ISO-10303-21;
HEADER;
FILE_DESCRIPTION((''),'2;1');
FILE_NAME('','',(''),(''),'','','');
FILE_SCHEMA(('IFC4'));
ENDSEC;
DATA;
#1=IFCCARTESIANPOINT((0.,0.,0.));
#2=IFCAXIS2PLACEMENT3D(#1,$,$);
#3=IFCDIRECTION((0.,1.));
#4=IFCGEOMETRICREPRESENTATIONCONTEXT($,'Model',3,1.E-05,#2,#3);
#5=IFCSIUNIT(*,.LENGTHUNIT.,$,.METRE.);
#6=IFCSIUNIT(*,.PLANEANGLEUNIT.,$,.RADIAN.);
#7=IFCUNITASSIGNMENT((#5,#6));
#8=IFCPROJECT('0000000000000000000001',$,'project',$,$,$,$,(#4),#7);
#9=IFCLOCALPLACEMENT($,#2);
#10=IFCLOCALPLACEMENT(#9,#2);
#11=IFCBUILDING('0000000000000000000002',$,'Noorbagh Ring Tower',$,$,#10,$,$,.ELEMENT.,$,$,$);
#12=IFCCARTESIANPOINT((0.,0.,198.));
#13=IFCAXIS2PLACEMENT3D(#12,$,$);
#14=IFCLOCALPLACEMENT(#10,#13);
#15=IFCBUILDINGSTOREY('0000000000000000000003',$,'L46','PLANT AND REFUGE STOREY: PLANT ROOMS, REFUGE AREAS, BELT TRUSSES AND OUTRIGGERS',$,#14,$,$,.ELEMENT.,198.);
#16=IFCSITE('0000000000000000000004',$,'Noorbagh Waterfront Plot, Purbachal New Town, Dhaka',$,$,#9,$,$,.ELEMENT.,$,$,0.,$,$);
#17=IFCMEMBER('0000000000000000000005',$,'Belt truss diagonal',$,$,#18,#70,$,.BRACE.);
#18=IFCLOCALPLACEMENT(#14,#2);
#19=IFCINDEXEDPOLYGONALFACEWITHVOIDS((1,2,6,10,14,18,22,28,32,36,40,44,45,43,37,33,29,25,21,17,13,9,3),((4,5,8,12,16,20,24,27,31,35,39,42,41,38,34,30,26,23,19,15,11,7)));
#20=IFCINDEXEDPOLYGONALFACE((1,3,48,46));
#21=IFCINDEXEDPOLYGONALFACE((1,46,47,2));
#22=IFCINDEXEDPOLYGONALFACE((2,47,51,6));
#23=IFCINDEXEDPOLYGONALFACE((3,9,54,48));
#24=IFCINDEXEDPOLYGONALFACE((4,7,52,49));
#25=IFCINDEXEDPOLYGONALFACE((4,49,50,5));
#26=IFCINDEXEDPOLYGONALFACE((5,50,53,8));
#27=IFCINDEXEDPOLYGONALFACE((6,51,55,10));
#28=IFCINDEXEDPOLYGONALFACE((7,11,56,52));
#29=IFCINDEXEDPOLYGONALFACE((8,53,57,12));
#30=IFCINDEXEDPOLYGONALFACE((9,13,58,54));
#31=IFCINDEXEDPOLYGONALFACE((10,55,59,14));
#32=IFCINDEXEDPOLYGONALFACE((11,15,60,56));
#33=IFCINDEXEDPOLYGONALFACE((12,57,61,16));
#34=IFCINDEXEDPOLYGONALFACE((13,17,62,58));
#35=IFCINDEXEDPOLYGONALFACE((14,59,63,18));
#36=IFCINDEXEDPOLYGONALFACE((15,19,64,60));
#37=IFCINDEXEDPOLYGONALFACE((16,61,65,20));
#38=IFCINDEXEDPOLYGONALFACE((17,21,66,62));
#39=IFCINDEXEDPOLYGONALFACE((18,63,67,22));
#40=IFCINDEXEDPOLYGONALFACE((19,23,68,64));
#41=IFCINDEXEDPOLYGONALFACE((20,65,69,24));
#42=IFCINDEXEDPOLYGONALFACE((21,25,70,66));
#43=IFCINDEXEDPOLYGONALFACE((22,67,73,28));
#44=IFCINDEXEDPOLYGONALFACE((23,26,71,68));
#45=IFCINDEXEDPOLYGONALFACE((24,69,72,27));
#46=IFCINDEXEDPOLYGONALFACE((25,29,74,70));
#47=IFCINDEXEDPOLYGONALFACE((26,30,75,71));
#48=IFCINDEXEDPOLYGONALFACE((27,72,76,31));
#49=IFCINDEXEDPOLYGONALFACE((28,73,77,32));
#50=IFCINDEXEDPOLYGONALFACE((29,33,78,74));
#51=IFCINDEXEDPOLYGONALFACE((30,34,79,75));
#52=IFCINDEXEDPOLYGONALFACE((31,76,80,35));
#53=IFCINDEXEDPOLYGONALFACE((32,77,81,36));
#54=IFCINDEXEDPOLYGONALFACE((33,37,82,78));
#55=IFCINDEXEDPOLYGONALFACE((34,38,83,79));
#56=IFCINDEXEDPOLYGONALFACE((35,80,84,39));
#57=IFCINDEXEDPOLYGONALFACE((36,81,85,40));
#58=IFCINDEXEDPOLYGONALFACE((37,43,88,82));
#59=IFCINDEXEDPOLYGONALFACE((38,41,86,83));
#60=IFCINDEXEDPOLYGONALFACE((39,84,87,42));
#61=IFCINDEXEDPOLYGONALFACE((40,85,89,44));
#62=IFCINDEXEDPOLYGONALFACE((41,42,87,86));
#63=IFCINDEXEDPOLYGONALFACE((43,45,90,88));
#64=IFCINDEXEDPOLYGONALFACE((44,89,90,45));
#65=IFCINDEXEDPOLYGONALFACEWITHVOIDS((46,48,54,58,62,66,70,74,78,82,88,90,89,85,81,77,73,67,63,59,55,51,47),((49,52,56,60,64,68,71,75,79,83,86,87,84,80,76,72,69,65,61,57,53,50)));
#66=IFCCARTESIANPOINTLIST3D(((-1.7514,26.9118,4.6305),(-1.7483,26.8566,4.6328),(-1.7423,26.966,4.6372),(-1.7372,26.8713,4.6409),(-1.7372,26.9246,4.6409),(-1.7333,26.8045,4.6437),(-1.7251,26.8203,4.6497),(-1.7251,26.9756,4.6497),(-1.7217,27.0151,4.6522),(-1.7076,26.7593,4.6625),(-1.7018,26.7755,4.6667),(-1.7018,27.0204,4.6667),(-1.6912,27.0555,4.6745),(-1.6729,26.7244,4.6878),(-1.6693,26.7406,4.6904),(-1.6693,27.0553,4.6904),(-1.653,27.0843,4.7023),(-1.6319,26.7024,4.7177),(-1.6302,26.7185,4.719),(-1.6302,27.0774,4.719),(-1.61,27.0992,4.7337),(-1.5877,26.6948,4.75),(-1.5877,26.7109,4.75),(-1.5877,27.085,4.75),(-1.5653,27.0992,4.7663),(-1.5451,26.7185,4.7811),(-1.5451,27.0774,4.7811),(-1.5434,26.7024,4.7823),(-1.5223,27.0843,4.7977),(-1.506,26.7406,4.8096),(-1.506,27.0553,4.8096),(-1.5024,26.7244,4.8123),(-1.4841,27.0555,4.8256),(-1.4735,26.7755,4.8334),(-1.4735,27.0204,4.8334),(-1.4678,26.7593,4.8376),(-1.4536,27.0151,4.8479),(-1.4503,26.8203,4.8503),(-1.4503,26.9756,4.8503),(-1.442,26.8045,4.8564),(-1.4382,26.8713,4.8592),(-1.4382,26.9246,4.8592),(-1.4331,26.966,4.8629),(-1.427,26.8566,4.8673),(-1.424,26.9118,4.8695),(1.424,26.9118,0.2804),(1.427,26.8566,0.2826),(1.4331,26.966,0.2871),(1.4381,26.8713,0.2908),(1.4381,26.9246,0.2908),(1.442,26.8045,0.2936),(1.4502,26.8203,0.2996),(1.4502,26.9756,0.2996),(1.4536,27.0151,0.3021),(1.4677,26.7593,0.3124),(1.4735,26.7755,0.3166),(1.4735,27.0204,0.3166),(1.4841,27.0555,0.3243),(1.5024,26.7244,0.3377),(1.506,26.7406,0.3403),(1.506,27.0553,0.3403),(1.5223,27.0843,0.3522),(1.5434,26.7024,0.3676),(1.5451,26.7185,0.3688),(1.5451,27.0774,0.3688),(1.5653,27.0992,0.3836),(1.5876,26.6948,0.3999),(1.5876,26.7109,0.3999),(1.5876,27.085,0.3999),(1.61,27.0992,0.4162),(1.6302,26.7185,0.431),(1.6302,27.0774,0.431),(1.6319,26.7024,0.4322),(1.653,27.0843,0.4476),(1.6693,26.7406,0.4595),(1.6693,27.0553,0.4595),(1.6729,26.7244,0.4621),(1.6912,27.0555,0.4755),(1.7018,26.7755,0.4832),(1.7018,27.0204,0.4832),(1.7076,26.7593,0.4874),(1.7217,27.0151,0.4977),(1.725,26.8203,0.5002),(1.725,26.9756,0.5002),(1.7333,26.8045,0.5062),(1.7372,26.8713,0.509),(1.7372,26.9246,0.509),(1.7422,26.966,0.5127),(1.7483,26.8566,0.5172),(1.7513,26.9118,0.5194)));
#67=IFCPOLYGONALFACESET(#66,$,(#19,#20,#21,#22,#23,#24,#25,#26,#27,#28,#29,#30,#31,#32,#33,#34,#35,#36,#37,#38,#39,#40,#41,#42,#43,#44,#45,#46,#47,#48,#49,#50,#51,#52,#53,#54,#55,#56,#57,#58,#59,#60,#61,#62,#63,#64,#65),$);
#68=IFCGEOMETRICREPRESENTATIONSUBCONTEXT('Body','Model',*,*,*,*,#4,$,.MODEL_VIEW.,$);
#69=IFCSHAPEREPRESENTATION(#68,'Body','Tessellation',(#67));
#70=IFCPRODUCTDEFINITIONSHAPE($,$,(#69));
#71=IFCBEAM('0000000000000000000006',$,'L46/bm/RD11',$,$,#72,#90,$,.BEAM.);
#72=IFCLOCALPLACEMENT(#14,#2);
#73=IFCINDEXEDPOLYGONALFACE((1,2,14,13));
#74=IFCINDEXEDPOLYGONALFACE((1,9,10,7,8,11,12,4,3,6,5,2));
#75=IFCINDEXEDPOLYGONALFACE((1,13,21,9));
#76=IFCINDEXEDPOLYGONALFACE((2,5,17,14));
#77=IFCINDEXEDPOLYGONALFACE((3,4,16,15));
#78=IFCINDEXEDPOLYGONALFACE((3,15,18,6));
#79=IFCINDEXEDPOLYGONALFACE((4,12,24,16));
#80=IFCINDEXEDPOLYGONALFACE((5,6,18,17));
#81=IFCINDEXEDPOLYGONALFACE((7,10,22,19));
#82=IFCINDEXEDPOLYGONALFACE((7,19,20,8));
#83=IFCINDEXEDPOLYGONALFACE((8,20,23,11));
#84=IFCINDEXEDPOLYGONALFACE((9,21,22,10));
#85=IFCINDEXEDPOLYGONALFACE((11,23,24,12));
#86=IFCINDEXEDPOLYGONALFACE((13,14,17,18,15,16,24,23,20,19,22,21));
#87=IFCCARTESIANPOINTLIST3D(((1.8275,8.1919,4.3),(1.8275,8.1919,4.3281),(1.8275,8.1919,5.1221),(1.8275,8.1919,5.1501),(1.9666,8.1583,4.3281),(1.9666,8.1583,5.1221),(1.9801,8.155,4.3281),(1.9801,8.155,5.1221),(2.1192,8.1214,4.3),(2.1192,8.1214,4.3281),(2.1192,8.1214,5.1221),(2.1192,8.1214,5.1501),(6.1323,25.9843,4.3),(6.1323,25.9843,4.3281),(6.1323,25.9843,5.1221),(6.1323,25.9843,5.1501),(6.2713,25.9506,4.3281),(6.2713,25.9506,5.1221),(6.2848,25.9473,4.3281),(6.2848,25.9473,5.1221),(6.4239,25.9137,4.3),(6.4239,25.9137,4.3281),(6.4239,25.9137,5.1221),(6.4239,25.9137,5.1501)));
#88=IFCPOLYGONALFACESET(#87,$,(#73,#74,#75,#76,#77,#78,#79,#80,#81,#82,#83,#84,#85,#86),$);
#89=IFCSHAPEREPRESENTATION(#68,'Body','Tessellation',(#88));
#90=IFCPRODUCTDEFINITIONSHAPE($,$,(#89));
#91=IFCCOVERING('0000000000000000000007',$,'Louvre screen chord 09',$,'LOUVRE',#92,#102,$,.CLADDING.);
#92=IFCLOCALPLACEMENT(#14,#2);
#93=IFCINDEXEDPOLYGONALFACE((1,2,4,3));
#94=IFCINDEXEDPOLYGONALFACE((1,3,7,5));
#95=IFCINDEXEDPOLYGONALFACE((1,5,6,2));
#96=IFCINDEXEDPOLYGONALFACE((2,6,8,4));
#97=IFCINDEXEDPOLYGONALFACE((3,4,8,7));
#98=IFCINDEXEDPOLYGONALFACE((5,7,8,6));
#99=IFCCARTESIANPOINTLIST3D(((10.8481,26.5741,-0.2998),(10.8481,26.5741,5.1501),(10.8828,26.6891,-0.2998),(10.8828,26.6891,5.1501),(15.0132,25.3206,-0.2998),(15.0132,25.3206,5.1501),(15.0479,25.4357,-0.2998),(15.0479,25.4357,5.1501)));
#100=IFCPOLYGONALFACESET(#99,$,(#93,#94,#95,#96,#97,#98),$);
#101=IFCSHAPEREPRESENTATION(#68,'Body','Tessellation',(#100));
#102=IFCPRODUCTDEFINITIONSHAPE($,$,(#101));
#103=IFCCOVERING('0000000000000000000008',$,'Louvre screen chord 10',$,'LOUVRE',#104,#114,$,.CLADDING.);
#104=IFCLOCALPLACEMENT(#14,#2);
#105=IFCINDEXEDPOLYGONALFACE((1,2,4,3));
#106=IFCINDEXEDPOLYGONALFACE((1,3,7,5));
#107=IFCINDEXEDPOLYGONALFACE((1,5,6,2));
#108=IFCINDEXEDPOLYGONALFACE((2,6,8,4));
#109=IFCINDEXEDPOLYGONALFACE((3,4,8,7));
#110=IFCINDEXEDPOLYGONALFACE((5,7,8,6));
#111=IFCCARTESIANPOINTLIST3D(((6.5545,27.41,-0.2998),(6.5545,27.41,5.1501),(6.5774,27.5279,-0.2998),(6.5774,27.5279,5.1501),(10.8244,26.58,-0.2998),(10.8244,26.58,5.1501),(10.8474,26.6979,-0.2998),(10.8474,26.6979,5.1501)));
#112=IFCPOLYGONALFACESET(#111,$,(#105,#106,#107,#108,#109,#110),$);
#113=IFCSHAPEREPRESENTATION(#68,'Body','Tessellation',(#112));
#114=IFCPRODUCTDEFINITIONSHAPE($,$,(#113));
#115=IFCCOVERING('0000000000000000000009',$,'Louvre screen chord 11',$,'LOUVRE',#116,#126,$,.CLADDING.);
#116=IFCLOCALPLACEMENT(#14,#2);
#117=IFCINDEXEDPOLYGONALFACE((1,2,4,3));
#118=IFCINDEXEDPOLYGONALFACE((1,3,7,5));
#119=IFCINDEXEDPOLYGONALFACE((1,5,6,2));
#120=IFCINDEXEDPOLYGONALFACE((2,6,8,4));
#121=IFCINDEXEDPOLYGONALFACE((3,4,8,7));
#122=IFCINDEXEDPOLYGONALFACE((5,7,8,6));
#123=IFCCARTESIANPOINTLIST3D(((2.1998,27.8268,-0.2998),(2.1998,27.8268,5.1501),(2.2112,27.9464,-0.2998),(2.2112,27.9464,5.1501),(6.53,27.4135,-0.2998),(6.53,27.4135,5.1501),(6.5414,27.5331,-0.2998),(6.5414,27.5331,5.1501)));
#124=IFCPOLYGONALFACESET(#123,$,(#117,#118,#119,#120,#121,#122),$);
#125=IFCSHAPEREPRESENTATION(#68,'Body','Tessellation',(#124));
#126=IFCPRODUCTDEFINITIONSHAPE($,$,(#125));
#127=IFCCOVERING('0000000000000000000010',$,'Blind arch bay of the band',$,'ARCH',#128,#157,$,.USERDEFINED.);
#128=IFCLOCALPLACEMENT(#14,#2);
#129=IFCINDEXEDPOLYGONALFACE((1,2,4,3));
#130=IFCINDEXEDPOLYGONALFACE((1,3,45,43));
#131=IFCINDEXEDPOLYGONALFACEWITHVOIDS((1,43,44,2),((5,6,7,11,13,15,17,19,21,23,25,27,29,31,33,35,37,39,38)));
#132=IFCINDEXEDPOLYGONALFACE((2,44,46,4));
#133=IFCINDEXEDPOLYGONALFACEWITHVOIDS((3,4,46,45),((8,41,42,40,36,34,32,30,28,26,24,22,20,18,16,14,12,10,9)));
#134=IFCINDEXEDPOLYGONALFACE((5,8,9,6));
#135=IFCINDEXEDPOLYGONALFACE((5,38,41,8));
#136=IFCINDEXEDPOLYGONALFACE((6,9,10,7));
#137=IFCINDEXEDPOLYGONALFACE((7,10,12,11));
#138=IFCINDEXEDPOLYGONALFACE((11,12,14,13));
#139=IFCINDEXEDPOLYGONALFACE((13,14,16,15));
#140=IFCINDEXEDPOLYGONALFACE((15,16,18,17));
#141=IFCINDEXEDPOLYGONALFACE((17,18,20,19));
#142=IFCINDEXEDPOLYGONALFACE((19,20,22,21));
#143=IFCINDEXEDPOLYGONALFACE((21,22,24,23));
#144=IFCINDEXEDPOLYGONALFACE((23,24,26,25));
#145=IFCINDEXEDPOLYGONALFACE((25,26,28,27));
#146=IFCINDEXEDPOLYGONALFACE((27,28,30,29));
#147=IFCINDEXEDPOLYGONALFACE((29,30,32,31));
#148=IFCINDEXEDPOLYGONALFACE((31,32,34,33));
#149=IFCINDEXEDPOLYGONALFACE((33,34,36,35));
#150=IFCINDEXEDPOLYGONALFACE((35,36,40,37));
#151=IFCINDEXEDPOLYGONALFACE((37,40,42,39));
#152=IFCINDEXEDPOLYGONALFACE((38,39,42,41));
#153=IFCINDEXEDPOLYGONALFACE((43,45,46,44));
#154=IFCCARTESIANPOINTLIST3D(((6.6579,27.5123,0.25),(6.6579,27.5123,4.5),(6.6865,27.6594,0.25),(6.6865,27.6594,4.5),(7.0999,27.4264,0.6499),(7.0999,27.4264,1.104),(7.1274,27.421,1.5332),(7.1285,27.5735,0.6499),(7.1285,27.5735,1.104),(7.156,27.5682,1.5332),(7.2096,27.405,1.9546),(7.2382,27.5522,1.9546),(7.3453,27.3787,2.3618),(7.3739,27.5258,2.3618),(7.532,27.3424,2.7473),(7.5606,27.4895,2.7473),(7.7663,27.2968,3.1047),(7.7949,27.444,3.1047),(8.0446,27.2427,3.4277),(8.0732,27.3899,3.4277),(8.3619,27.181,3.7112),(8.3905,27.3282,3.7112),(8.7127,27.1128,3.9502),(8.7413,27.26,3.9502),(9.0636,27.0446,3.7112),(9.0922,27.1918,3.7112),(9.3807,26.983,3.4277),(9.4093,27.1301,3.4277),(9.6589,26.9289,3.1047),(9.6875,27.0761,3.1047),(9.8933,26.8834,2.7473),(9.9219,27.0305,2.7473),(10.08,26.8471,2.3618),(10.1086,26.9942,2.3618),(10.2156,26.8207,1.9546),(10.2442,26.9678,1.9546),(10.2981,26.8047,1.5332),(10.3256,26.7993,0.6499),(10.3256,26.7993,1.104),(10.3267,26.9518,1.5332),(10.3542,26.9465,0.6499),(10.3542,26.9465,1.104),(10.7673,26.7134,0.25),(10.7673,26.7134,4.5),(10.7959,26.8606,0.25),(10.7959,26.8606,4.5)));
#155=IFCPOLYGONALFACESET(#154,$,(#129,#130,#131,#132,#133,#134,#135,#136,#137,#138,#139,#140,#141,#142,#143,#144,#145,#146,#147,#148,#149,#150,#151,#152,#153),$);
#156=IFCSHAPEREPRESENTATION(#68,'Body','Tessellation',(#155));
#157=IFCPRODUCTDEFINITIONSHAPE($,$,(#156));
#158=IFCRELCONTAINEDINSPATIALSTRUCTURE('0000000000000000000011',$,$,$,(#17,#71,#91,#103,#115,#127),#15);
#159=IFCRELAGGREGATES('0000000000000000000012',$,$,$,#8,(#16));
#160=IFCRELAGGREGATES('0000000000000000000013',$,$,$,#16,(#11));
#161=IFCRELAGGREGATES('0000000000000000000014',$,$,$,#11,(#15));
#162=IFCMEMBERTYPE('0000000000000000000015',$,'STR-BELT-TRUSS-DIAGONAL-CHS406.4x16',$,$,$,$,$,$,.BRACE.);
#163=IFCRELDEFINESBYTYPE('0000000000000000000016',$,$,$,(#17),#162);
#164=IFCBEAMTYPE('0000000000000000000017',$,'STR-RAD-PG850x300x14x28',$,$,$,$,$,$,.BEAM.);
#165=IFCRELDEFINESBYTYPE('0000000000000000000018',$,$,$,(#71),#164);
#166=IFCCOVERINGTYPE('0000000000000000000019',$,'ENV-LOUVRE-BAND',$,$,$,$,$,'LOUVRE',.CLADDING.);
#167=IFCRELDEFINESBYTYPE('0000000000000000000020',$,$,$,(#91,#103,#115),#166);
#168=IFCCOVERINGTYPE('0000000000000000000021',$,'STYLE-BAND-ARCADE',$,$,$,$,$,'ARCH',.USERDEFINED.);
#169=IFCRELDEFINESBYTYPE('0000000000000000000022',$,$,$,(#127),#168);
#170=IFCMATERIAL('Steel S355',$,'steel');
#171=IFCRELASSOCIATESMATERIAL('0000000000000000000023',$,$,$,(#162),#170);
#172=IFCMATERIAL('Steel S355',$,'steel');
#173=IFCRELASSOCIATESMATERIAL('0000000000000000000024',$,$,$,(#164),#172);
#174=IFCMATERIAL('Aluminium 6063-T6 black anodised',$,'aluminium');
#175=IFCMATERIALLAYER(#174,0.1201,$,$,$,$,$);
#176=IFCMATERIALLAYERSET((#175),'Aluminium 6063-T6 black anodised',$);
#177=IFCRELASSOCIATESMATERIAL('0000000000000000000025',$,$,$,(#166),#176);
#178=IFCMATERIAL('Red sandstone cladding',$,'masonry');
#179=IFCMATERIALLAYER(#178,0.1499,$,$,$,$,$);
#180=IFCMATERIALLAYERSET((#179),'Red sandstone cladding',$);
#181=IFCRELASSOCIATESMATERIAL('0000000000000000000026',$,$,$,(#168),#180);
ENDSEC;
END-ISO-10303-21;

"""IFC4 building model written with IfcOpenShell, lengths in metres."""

from ifc_helpers import new_model, si_unit, direction, frame, origin, origin_2d, place, context, subcontext, project, spatial, polyline, rectangle, hollow_circle, i_section, outline, extrude, material, layer, layer_set, material_profile, profile_set, type_object, element, save


model = new_model("IFC4")

# Units and contexts
model_context = context("Model", 3, precision=1e-05, world=origin(), true_north=direction((0.0, 1.0)))
body_context = subcontext(model_context, "Body", "Model", "MODEL_VIEW")
ifc_project = project(units=[si_unit("LENGTHUNIT", "METRE"), si_unit("PLANEANGLEUNIT", "RADIAN")], contexts=[model_context])

# Site, building, storey
site_placement = place(None, origin())
site = spatial("IfcSite", under=ifc_project, at=site_placement, Name="Noorbagh Waterfront Plot, Purbachal New Town, Dhaka", CompositionType="ELEMENT", RefElevation=0.0)
building_placement = place(site_placement, origin())
building = spatial("IfcBuilding", under=site, at=building_placement, Name="Noorbagh Ring Tower", CompositionType="ELEMENT")
storey_placement = place(building_placement, frame((0.0, 0.0, 198.0)))
storey = spatial("IfcBuildingStorey", under=building, at=storey_placement, Name="L46", Description="PLANT AND REFUGE STOREY: PLANT ROOMS, REFUGE AREAS, BELT TRUSSES AND OUTRIGGERS", CompositionType="ELEMENT", Elevation=198.0)

# Member
ifc_material_1 = material(Name="Steel S355", Category="steel")
ifc_material_profile_1 = material_profile(ifc_material_1, hollow_circle(Radius=0.2031, WallThickness=0.0161, at=origin_2d()), Name="CHS406.4x16")
ifc_profile_set_1 = profile_set([ifc_material_profile_1], Name="Steel S355")
member_type = type_object("IfcMemberType", Name="STR-BELT-TRUSS-DIAGONAL-CHS406.4x16", PredefinedType="BRACE", material=ifc_profile_set_1)
member_1_placement = place(storey_placement, frame((1.5876, 26.8979, 0.3999), z_axis=(-0.589578, 0.0, 0.807712), x_axis=(0.0, -1.0, 0.0)))
element("IfcMember", 1, at=member_1_placement, inside=storey, type_object=member_type, Name="Belt truss diagonal", PredefinedType="BRACE", context=body_context, shape_type="SweptSolid", body=[
    extrude(hollow_circle(Radius=0.2031, WallThickness=0.0161, at=origin_2d()), origin(), (0.0, 0.0, 1.0), 5.3857),
])

# Beam
ifc_material_2 = material(Name="Steel S355", Category="steel")
ifc_material_profile_2 = material_profile(ifc_material_2, i_section(OverallWidth=0.3, OverallDepth=0.8501, WebThickness=0.0139, FlangeThickness=0.0281, at=origin_2d()), Name="PG850x300x14x28")
ifc_profile_set_2 = profile_set([ifc_material_profile_2], Name="Steel S355")
beam_type_1 = type_object("IfcBeamType", Name="STR-RAD-PG850x300x14x28", PredefinedType="BEAM", material=ifc_profile_set_2)
beam_1_placement = place(storey_placement, frame((6.2781, 25.949, 4.7251), z_axis=(-0.235157, -0.971957, 0.0), x_axis=(0.971957, -0.235157, 0.0)))
element("IfcBeam", 2, at=beam_1_placement, inside=storey, type_object=beam_type_1, Name="L46/bm/RD11", PredefinedType="BEAM", context=body_context, shape_type="SweptSolid", body=[
    extrude(i_section(OverallWidth=0.3, OverallDepth=0.8501, WebThickness=0.0139, FlangeThickness=0.0281, at=origin_2d()), origin(), (0.0, 0.0, 1.0), 18.3057),
])

# Coverings
ifc_material_3 = material(Name="Aluminium 6063-T6 black anodised", Category="aluminium")
ifc_layer_1 = layer(ifc_material_3, 0.1201)
ifc_layer_set_1 = layer_set([ifc_layer_1], Name="Aluminium 6063-T6 black anodised")
covering_type_1 = type_object("IfcCoveringType", Name="ENV-LOUVRE-BAND", ElementType="LOUVRE", PredefinedType="CLADDING", material=ifc_layer_set_1)
covering_1_placement = place(storey_placement, frame((12.948, 26.0049, -0.2998), z_axis=(0.0, 0.0, 1.0), x_axis=(-0.957578, 0.288174, 0.0)))
element("IfcCovering", 3, at=covering_1_placement, inside=storey, type_object=covering_type_1, Name="Louvre screen chord 09", ObjectType="LOUVRE", PredefinedType="CLADDING", context=body_context, shape_type="SweptSolid", body=[
    extrude(rectangle(XDim=4.3496, YDim=0.1201, at=origin_2d()), origin(), (0.0, 0.0, 1.0), 5.45),
])
for number, where, z_axis, x_axis, name in (
    (4, (8.7009, 27.054, -0.2998), (0.0, 0.0, 1.0), (-0.981625, 0.19082, 0.0), "Louvre screen chord 10"),
    (5, (4.3706, 27.6799, -0.2998), (0.0, 0.0, 1.0), (-0.995476, 0.095008, 0.0), "Louvre screen chord 11"),
):
    element("IfcCovering", number, at=place(storey_placement, frame(where, z_axis=z_axis, x_axis=x_axis)), inside=storey, type_object=covering_type_1, Name=name, ObjectType="LOUVRE", PredefinedType="CLADDING", context=body_context, shape_type="SweptSolid", body=[
        extrude(rectangle(XDim=4.3499, YDim=0.1201, at=origin_2d()), origin(), (0.0, 0.0, 1.0), 5.45),
    ])
ifc_material_4 = material(Name="Red sandstone cladding", Category="masonry")
ifc_layer_2 = layer(ifc_material_4, 0.1499)
ifc_layer_set_2 = layer_set([ifc_layer_2], Name="Red sandstone cladding")
covering_type_2 = type_object("IfcCoveringType", Name="STYLE-BAND-ARCADE", ElementType="ARCH", PredefinedType="USERDEFINED", material=ifc_layer_set_2)
covering_2_placement = place(storey_placement, frame((10.7959, 26.8606, 0.25), z_axis=(0.19082, 0.981625, 0.0), x_axis=(-0.981625, 0.19082, 0.0)))
element("IfcCovering", 6, at=covering_2_placement, inside=storey, type_object=covering_type_2, Name="Blind arch bay of the band", ObjectType="ARCH", PredefinedType="USERDEFINED", context=body_context, shape_type="SweptSolid", body=[
    extrude(outline(polyline([(0.0, 0.0), (4.1863, 0.0), (4.1863, 4.25), (0.0, 4.25), (0.0, 0.0)]), holes=[polyline([(0.45, 0.3999), (0.45, 0.854), (0.478, 1.2832), (0.562, 1.7046), (0.7002, 2.1118), (0.8904, 2.4973), (1.1292, 2.8547), (1.4126, 3.1777), (1.7356, 3.4612), (2.093, 3.7002), (2.4504, 3.4612), (2.7737, 3.1777), (3.0571, 2.8547), (3.2959, 2.4973), (3.4861, 2.1118), (3.6243, 1.7046), (3.708, 1.2832), (3.7361, 0.854), (3.7361, 0.3999), (0.45, 0.3999)])]), origin(), (0.0, 0.0, -1.0), 0.1499),
])

save(model, "model.ifc")
